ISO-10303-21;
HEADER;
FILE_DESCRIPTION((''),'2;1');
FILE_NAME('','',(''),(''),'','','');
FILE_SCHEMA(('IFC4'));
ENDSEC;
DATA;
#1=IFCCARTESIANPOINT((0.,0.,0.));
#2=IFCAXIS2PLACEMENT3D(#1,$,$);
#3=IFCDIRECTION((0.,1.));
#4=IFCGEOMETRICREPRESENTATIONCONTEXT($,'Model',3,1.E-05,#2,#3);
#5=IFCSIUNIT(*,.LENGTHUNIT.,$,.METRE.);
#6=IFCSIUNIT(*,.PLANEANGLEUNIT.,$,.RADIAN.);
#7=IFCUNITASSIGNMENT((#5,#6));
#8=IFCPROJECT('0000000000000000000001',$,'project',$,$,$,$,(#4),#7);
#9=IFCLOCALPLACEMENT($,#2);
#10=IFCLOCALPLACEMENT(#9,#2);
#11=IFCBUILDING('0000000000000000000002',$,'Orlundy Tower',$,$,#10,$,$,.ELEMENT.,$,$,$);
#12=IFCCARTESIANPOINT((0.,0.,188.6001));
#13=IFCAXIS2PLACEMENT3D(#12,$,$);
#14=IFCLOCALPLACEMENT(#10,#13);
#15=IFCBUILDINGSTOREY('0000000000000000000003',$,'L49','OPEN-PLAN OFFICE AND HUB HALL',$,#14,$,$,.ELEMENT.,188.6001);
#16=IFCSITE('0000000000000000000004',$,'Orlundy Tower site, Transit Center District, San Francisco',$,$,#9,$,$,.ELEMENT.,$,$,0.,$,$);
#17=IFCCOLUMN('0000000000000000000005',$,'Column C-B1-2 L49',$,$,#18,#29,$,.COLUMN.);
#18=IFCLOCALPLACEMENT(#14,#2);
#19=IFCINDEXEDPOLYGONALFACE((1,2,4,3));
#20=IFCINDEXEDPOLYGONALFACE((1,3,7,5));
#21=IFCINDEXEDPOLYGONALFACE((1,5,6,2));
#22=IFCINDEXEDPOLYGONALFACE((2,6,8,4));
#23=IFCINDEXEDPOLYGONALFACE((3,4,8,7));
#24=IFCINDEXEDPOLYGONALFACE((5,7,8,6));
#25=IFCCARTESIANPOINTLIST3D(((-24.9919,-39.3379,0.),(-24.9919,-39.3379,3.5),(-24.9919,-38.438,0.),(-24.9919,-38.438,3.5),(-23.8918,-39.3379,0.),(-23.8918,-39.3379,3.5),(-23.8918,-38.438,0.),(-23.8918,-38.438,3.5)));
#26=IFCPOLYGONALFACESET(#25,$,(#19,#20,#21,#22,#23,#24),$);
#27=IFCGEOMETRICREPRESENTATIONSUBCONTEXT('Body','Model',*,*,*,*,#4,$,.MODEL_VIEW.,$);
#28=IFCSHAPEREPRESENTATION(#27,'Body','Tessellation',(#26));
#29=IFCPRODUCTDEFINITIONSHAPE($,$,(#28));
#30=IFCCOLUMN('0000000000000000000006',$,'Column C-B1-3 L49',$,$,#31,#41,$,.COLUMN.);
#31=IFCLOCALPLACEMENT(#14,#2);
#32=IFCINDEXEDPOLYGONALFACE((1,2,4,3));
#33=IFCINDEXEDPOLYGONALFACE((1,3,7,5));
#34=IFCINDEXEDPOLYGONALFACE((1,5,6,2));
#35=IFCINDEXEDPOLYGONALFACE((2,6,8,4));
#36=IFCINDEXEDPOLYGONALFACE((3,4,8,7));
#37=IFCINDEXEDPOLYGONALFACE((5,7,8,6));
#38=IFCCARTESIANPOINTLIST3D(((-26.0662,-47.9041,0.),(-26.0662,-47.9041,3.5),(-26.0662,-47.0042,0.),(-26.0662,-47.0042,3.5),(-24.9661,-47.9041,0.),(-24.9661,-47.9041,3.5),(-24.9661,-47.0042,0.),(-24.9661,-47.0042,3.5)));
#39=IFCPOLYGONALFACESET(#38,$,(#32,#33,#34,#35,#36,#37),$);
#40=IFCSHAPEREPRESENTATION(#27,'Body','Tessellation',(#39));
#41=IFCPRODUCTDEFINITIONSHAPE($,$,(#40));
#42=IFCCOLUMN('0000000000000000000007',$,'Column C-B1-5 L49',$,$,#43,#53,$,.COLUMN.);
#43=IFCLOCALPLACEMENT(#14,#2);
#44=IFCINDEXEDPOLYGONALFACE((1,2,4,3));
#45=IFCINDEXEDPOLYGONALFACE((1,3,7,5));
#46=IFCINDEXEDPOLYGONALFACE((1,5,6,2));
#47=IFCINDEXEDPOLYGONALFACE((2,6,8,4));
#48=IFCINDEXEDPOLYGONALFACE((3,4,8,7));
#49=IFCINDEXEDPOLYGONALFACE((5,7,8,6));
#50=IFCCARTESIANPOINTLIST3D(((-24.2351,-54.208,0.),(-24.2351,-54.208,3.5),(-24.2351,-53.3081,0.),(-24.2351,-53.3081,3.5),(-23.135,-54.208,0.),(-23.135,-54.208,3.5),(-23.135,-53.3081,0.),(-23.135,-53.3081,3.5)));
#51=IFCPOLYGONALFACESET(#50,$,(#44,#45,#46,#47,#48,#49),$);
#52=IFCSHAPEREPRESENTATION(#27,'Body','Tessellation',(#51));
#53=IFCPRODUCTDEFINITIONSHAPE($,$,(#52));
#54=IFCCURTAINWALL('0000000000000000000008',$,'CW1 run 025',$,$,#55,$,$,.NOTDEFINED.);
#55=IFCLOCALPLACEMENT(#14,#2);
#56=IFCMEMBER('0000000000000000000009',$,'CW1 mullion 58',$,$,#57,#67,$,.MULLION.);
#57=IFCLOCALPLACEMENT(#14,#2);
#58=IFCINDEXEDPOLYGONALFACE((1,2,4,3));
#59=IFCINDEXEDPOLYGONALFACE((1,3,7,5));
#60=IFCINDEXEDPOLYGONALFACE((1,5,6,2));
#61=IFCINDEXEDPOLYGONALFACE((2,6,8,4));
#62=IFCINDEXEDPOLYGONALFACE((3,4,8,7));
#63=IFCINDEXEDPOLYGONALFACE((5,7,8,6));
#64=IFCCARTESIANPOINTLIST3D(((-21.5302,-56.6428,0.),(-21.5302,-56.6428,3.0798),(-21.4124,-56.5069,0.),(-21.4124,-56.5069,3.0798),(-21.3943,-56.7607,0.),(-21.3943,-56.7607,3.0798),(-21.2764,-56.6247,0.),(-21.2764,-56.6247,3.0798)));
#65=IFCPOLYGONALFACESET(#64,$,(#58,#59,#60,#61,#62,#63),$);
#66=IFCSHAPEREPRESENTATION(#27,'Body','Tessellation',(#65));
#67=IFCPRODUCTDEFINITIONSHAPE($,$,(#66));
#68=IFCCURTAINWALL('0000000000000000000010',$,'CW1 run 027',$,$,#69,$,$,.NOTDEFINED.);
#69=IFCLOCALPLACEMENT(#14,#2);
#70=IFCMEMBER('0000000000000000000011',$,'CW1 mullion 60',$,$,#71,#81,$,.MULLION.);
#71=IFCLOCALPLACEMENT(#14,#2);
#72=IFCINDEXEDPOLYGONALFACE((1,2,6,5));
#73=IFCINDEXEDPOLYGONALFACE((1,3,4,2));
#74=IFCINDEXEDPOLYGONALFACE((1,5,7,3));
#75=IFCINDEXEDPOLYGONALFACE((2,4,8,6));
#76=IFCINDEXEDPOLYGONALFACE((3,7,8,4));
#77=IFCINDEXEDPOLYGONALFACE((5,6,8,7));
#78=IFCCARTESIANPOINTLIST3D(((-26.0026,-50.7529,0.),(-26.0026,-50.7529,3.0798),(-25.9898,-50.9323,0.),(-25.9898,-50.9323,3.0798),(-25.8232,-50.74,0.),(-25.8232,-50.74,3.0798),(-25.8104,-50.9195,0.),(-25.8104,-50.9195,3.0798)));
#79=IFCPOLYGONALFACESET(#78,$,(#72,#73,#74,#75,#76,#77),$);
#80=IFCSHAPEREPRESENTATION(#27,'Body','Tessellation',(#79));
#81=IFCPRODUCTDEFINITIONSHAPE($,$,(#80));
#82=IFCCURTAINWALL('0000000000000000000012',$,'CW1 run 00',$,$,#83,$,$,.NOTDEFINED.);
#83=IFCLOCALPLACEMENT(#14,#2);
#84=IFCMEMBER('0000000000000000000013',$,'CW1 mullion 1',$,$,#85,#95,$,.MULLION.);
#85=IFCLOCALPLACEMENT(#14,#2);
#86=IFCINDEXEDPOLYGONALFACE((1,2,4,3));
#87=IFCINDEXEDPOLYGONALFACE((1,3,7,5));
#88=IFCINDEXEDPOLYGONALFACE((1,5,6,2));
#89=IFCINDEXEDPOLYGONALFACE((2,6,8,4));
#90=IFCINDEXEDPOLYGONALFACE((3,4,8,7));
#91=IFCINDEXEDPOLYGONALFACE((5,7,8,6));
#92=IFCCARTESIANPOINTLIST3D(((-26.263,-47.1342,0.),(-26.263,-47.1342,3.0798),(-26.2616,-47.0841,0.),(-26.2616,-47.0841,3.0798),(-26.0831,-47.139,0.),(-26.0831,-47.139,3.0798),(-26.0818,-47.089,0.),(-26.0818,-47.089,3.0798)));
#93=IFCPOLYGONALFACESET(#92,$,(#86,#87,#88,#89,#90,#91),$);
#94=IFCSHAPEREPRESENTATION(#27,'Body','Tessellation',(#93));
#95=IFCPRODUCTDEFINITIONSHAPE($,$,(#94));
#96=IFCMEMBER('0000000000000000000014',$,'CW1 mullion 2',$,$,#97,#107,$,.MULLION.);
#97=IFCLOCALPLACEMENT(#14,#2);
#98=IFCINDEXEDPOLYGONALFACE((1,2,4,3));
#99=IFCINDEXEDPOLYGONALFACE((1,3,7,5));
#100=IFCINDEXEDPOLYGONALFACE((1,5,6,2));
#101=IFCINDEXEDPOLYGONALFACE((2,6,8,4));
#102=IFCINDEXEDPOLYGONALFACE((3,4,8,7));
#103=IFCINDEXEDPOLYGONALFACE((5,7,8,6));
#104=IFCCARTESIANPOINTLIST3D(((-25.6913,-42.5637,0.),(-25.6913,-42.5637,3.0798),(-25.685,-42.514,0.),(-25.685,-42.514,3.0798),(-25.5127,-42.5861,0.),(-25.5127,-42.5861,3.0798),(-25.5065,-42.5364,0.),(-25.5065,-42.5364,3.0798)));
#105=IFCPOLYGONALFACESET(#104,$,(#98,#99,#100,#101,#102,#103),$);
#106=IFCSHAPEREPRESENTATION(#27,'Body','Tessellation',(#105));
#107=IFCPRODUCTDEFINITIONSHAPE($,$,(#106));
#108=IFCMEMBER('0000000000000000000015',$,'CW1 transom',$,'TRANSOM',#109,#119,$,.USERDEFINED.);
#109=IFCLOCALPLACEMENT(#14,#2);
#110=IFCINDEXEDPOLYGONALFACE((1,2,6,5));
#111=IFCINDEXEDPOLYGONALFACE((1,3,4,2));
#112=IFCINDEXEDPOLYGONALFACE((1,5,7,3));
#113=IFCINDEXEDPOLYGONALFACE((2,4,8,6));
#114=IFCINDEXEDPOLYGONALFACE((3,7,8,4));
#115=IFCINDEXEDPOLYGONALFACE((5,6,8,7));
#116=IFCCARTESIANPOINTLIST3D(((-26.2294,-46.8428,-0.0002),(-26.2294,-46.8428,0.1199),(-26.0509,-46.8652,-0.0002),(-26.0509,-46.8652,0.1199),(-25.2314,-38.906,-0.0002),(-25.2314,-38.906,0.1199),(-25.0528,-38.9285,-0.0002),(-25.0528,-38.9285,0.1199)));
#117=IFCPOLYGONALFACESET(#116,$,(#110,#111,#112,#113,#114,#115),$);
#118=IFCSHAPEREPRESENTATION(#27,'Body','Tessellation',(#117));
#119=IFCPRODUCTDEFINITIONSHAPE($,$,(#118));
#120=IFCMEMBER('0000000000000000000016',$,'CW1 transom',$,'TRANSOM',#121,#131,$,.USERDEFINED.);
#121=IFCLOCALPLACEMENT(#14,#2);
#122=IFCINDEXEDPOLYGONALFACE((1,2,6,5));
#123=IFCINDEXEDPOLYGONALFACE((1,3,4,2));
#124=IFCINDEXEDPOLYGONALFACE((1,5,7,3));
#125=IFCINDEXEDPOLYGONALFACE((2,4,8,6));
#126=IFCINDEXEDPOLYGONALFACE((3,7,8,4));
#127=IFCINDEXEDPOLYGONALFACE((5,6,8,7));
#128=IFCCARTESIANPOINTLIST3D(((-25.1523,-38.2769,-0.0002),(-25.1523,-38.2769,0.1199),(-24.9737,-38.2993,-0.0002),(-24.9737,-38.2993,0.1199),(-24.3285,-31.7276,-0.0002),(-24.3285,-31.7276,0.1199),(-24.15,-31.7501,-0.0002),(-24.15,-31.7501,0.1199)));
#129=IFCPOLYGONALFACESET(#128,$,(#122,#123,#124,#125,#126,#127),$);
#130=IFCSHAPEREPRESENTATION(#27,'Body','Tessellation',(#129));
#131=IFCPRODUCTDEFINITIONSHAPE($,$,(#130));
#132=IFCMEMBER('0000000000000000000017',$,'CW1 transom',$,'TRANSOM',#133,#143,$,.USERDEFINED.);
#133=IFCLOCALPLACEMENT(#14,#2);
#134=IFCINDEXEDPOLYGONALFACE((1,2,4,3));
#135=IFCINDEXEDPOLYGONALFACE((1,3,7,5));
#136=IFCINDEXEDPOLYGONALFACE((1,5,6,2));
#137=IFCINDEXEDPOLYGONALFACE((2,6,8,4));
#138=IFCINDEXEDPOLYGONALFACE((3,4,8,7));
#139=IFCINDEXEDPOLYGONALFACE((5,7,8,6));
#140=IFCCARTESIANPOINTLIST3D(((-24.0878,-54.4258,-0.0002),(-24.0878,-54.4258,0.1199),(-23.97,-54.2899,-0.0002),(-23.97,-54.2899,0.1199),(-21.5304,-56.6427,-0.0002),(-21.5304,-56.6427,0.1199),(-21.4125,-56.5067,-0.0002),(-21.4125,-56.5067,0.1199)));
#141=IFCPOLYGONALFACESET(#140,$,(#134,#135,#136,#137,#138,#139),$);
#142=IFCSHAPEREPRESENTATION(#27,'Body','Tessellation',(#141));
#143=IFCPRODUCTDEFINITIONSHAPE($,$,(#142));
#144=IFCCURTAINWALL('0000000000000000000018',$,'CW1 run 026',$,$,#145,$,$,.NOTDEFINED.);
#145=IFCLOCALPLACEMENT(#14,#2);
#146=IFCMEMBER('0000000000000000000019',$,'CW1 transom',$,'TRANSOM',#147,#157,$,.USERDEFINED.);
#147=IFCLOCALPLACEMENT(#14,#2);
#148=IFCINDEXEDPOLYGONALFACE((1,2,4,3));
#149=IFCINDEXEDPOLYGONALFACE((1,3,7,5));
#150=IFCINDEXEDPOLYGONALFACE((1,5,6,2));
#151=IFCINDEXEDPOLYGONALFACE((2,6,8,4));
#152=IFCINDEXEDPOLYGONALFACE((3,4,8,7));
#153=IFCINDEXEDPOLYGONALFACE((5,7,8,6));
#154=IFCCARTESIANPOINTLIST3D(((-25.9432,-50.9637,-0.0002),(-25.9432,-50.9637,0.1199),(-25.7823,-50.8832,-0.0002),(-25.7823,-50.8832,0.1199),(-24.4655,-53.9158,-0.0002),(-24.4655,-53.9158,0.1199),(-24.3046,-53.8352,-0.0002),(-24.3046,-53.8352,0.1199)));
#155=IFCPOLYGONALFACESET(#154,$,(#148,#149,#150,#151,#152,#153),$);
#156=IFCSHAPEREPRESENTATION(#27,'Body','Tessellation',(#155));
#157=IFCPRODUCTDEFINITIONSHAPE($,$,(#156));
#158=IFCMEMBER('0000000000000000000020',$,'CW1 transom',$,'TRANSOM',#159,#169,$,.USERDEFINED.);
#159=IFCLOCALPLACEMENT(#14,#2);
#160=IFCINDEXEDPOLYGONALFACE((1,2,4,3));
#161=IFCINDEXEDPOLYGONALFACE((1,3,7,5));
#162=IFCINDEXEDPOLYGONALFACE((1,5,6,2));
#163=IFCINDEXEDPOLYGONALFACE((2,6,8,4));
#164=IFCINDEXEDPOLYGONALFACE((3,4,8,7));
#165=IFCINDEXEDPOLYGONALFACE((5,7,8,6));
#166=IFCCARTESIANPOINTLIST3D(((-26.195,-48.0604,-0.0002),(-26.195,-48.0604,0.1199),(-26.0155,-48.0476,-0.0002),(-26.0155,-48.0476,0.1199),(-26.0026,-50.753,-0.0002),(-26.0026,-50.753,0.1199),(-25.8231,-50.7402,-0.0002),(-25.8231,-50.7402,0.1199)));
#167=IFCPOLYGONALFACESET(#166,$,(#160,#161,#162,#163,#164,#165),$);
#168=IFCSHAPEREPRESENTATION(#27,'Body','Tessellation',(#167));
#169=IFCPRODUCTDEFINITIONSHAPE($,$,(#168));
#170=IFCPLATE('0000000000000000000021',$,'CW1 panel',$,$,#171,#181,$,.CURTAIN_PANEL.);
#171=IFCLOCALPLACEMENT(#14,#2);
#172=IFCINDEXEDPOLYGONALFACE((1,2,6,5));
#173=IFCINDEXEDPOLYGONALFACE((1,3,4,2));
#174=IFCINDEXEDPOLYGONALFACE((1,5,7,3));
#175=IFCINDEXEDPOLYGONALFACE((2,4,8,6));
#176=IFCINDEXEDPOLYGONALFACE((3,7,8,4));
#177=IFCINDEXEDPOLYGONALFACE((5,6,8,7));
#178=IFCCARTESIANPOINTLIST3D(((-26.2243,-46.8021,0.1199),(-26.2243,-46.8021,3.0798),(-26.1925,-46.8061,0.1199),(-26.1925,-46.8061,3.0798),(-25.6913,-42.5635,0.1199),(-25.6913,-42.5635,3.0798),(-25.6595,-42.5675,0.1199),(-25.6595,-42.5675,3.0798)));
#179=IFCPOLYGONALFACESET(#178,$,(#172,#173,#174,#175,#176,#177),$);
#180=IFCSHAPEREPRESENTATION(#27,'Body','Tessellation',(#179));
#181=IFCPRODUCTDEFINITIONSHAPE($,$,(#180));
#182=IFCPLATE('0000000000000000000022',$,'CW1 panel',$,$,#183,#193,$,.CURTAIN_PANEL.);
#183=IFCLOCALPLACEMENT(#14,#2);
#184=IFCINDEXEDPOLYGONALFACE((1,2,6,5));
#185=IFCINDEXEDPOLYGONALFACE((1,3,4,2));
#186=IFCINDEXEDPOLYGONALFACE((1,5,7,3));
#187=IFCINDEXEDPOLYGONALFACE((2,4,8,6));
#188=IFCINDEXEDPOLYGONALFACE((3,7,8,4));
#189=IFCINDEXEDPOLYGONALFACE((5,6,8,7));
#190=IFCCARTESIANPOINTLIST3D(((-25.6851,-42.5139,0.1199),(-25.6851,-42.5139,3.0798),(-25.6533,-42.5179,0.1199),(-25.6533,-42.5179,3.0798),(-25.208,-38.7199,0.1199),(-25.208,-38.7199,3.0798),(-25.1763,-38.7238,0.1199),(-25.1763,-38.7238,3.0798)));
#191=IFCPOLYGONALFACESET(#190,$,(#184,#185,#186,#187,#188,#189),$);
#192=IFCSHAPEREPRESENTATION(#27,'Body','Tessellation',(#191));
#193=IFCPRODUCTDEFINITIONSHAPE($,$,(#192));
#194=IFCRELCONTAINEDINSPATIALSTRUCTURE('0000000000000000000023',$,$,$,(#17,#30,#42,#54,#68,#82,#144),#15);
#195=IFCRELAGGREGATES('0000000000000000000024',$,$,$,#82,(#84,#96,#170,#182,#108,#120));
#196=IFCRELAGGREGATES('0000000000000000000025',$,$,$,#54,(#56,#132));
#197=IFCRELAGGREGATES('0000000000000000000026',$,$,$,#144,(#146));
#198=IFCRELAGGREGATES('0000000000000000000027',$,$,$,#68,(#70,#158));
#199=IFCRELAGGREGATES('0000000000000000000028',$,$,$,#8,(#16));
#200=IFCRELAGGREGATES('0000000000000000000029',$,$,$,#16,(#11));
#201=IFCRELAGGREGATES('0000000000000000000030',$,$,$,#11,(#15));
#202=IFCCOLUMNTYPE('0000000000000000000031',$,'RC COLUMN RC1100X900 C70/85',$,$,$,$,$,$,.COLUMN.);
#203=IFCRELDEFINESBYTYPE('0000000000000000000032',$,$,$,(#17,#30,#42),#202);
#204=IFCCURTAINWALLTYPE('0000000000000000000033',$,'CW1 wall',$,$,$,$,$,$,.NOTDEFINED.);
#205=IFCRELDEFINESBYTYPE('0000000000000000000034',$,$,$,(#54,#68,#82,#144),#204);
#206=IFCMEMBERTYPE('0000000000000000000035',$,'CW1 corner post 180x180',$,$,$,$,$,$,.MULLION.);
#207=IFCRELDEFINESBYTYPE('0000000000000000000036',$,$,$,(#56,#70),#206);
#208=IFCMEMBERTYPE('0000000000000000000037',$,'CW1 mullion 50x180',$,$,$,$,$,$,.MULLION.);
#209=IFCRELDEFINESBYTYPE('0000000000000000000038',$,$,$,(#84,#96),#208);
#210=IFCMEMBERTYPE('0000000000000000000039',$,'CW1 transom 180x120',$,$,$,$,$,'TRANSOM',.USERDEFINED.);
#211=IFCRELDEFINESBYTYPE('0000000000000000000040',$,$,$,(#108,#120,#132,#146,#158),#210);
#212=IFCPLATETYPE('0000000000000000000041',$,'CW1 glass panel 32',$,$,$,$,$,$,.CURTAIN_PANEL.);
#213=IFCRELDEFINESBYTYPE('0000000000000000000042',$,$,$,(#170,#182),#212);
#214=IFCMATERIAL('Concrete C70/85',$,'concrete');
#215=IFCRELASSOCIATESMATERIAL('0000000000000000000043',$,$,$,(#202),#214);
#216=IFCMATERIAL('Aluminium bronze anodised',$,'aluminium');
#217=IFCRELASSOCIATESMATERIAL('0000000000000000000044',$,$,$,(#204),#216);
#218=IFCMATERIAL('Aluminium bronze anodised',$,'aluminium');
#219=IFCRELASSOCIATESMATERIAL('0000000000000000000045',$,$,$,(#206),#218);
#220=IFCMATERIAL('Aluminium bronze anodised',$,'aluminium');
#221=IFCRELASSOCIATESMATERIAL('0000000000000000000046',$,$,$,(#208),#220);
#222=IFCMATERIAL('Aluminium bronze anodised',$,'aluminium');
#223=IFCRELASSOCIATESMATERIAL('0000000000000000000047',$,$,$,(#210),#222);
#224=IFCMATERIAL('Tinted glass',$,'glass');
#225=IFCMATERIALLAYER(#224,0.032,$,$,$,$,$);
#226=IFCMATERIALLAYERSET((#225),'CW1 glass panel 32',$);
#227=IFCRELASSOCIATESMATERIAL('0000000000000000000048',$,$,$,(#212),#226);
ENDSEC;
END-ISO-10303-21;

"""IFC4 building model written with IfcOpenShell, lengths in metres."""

from ifc_helpers import new_model, si_unit, direction, frame, origin, origin_2d, place, context, subcontext, project, spatial, rectangle, extrude, material, layer, layer_set, material_profile, profile_set, type_object, element, aggregate, save


model = new_model("IFC4")

# Units and contexts
model_context = context("Model", 3, precision=1e-05, world=origin(), true_north=direction((0.0, 1.0)))
body_context = subcontext(model_context, "Body", "Model", "MODEL_VIEW")
ifc_project = project(units=[si_unit("LENGTHUNIT", "METRE"), si_unit("PLANEANGLEUNIT", "RADIAN")], contexts=[model_context])

# Site, building, storey
site_placement = place(None, origin())
site = spatial("IfcSite", under=ifc_project, at=site_placement, Name="Orlundy Tower site, Transit Center District, San Francisco", CompositionType="ELEMENT", RefElevation=0.0)
building_placement = place(site_placement, origin())
building = spatial("IfcBuilding", under=site, at=building_placement, Name="Orlundy Tower", CompositionType="ELEMENT")
storey_placement = place(building_placement, frame((0.0, 0.0, 188.6001)))
storey = spatial("IfcBuildingStorey", under=building, at=storey_placement, Name="L49", Description="OPEN-PLAN OFFICE AND HUB HALL", CompositionType="ELEMENT", Elevation=188.6001)

# Columns
ifc_material_1 = material(Name="Concrete C70/85", Category="concrete")
ifc_material_profile_1 = material_profile(ifc_material_1, rectangle(XDim=1.1001, YDim=0.8999, at=origin_2d()), Name="RC1100X900")
ifc_profile_set_1 = profile_set([ifc_material_profile_1], Name="Concrete C70/85")
column_type = type_object("IfcColumnType", Name="RC COLUMN RC1100X900 C70/85", PredefinedType="COLUMN", material=ifc_profile_set_1)
for number, where, z_axis, x_axis, name in (
    (1, (-24.4419, -38.8879, 0.0), (0.0, 0.0, 1.0), (1.0, 0.0, 0.0), "Column C-B1-2 L49"),
    (2, (-25.5161, -47.4541, 0.0), (0.0, 0.0, 1.0), (1.0, 0.0, 0.0), "Column C-B1-3 L49"),
    (3, (-23.6851, -53.7581, 0.0), (0.0, 0.0, 1.0), (1.0, 0.0, 0.0), "Column C-B1-5 L49"),
):
    element("IfcColumn", number, at=place(storey_placement, frame(where, z_axis=z_axis, x_axis=x_axis)), inside=storey, type_object=column_type, Name=name, PredefinedType="COLUMN", context=body_context, shape_type="SweptSolid", body=[
        extrude(rectangle(XDim=1.1001, YDim=0.8999, at=origin_2d()), origin(), (0.0, 0.0, 1.0), 3.5),
    ])

# Curtain walls, members
ifc_material_2 = material(Name="Aluminium bronze anodised", Category="aluminium")
curtain_wall_type = type_object("IfcCurtainWallType", Name="CW1 wall", PredefinedType="NOTDEFINED", material=ifc_material_2)
curtain_wall_1_placement = place(storey_placement, origin())
curtain_wall_1 = element("IfcCurtainWall", 4, at=curtain_wall_1_placement, inside=storey, type_object=curtain_wall_type, Name="CW1 run 025", PredefinedType="NOTDEFINED")
ifc_material_3 = material(Name="Aluminium bronze anodised", Category="aluminium")
ifc_material_profile_2 = material_profile(ifc_material_3, rectangle(XDim=0.1799, YDim=0.1799, at=origin_2d()), Name="CW1 corner post 180x180")
ifc_profile_set_2 = profile_set([ifc_material_profile_2], Name="Aluminium bronze anodised")
member_type_1 = type_object("IfcMemberType", Name="CW1 corner post 180x180", PredefinedType="MULLION", material=ifc_profile_set_2)
member_1_placement = place(storey_placement, frame((-21.4033, -56.6338, 0.0), z_axis=(0.0, 0.0, 1.0), x_axis=(-0.655002, -0.755627, 0.0)))
member_1 = element("IfcMember", 5, at=member_1_placement, type_object=member_type_1, Name="CW1 mullion 58", PredefinedType="MULLION", context=body_context, shape_type="SweptSolid", body=[
    extrude(rectangle(XDim=0.1799, YDim=0.1799, at=origin_2d()), origin(), (0.0, 0.0, 1.0), 3.0798),
])
curtain_wall_2_placement = place(storey_placement, origin())
curtain_wall_2 = element("IfcCurtainWall", 6, at=curtain_wall_2_placement, inside=storey, type_object=curtain_wall_type, Name="CW1 run 027", PredefinedType="NOTDEFINED")
member_2_placement = place(storey_placement, frame((-25.9065, -50.8362, 0.0), z_axis=(0.0, 0.0, 1.0), x_axis=(-0.997461, -0.071209, 0.0)))
member_2 = element("IfcMember", 7, at=member_2_placement, type_object=member_type_1, Name="CW1 mullion 60", PredefinedType="MULLION", context=body_context, shape_type="SweptSolid", body=[
    extrude(rectangle(XDim=0.1799, YDim=0.1799, at=origin_2d()), origin(), (0.0, 0.0, 1.0), 3.0798),
])

# Curtain wall, members
curtain_wall_3_placement = place(storey_placement, origin())
curtain_wall_3 = element("IfcCurtainWall", 8, at=curtain_wall_3_placement, inside=storey, type_object=curtain_wall_type, Name="CW1 run 00", PredefinedType="NOTDEFINED")
ifc_material_4 = material(Name="Aluminium bronze anodised", Category="aluminium")
ifc_material_profile_3 = material_profile(ifc_material_4, rectangle(XDim=0.1799, YDim=0.05, at=origin_2d()), Name="CW1 mullion 50x180")
ifc_profile_set_3 = profile_set([ifc_material_profile_3], Name="Aluminium bronze anodised")
member_type_2 = type_object("IfcMemberType", Name="CW1 mullion 50x180", PredefinedType="MULLION", material=ifc_profile_set_3)
member_3_placement = place(storey_placement, frame((-26.1724, -47.1116, 0.0), z_axis=(0.0, 0.0, 1.0), x_axis=(-0.999638, 0.026907, 0.0)))
member_3 = element("IfcMember", 9, at=member_3_placement, type_object=member_type_2, Name="CW1 mullion 1", PredefinedType="MULLION", context=body_context, shape_type="SweptSolid", body=[
    extrude(rectangle(XDim=0.1799, YDim=0.05, at=origin_2d()), origin(), (0.0, 0.0, 1.0), 3.0798),
])
member_4_placement = place(storey_placement, frame((-25.5989, -42.55, 0.0), z_axis=(0.0, 0.0, 1.0), x_axis=(-0.992187, 0.124763, 0.0)))
member_4 = element("IfcMember", 10, at=member_4_placement, type_object=member_type_2, Name="CW1 mullion 2", PredefinedType="MULLION", context=body_context, shape_type="SweptSolid", body=[
    extrude(rectangle(XDim=0.1799, YDim=0.05, at=origin_2d()), origin(), (0.0, 0.0, 1.0), 3.0798),
])
ifc_material_5 = material(Name="Aluminium bronze anodised", Category="aluminium")
ifc_material_profile_4 = material_profile(ifc_material_5, rectangle(XDim=0.1799, YDim=0.1201, at=origin_2d()), Name="CW1 transom 180x120")
ifc_profile_set_4 = profile_set([ifc_material_profile_4], Name="Aluminium bronze anodised")
member_type_3 = type_object("IfcMemberType", Name="CW1 transom 180x120", ElementType="TRANSOM", PredefinedType="USERDEFINED", material=ifc_profile_set_4)
member_5_placement = place(storey_placement, frame((-26.1401, -46.854, 0.0598), z_axis=(0.124767, 0.992186, 0.0), x_axis=(-0.992186, 0.124767, 0.0)))
member_5 = element("IfcMember", 11, at=member_5_placement, type_object=member_type_3, Name="CW1 transom", ObjectType="TRANSOM", PredefinedType="USERDEFINED", context=body_context, shape_type="SweptSolid", body=[
    extrude(rectangle(XDim=0.1799, YDim=0.1201, at=origin_2d()), origin(), (0.0, 0.0, 1.0), 7.9993),
])
member_6_placement = place(storey_placement, frame((-25.063, -38.2881, 0.0598), z_axis=(0.12479, 0.992183, 0.0), x_axis=(-0.992183, 0.12479, 0.0)))
member_6 = element("IfcMember", 12, at=member_6_placement, type_object=member_type_3, Name="CW1 transom", ObjectType="TRANSOM", PredefinedType="USERDEFINED", context=body_context, shape_type="SweptSolid", body=[
    extrude(rectangle(XDim=0.1799, YDim=0.1201, at=origin_2d()), origin(), (0.0, 0.0, 1.0), 6.6008),
])

# Member
member_7_placement = place(storey_placement, frame((-21.4714, -56.5747, 0.0598), z_axis=(-0.75563, 0.654999, 0.0), x_axis=(-0.654999, -0.75563, 0.0)))
member_7 = element("IfcMember", 13, at=member_7_placement, type_object=member_type_3, Name="CW1 transom", ObjectType="TRANSOM", PredefinedType="USERDEFINED", context=body_context, shape_type="SweptSolid", body=[
    extrude(rectangle(XDim=0.1799, YDim=0.1201, at=origin_2d()), origin(), (0.0, 0.0, 1.0), 3.3845),
])

# Curtain wall, member
curtain_wall_4_placement = place(storey_placement, origin())
curtain_wall_4 = element("IfcCurtainWall", 14, at=curtain_wall_4_placement, inside=storey, type_object=curtain_wall_type, Name="CW1 run 026", PredefinedType="NOTDEFINED")
member_8_placement = place(storey_placement, frame((-24.385, -53.8755, 0.0598), z_axis=(-0.447628, 0.89422, 0.0), x_axis=(-0.89422, -0.447628, 0.0)))
member_8 = element("IfcMember", 15, at=member_8_placement, type_object=member_type_3, Name="CW1 transom", ObjectType="TRANSOM", PredefinedType="USERDEFINED", context=body_context, shape_type="SweptSolid", body=[
    extrude(rectangle(XDim=0.1799, YDim=0.1201, at=origin_2d()), origin(), (0.0, 0.0, 1.0), 3.3013),
])

# Member
member_9_placement = place(storey_placement, frame((-25.9128, -50.7466, 0.0598), z_axis=(-0.071266, 0.997457, 0.0), x_axis=(-0.997457, -0.071266, 0.0)))
member_9 = element("IfcMember", 16, at=member_9_placement, type_object=member_type_3, Name="CW1 transom", ObjectType="TRANSOM", PredefinedType="USERDEFINED", context=body_context, shape_type="SweptSolid", body=[
    extrude(rectangle(XDim=0.1799, YDim=0.1201, at=origin_2d()), origin(), (0.0, 0.0, 1.0), 2.6995),
])

# Plates
ifc_material_6 = material(Name="Tinted glass", Category="glass")
ifc_layer_1 = layer(ifc_material_6, 0.032)
ifc_layer_set_1 = layer_set([ifc_layer_1], Name="CW1 glass panel 32")
plate_type = type_object("IfcPlateType", Name="CW1 glass panel 32", PredefinedType="CURTAIN_PANEL", material=ifc_layer_set_1)
plate_1_placement = place(storey_placement, frame((-25.9419, -44.6848, 0.1199), z_axis=(0.0, 0.0, 1.0), x_axis=(0.124763, 0.992187, 0.0)))
plate_1 = element("IfcPlate", 17, at=plate_1_placement, type_object=plate_type, Name="CW1 panel", PredefinedType="CURTAIN_PANEL", context=body_context, shape_type="SweptSolid", body=[
    extrude(rectangle(XDim=4.272, YDim=0.032, at=origin_2d()), origin(), (0.0, 0.0, 1.0), 2.96),
])
plate_2_placement = place(storey_placement, frame((-25.4307, -40.6189, 0.1199), z_axis=(0.0, 0.0, 1.0), x_axis=(0.124763, 0.992187, 0.0)))
plate_2 = element("IfcPlate", 18, at=plate_2_placement, type_object=plate_type, Name="CW1 panel", PredefinedType="CURTAIN_PANEL", context=body_context, shape_type="SweptSolid", body=[
    extrude(rectangle(XDim=3.824, YDim=0.032, at=origin_2d()), origin(), (0.0, 0.0, 1.0), 2.96),
])
aggregate(curtain_wall_3, [member_3, member_4, plate_1, plate_2, member_5, member_6])
aggregate(curtain_wall_1, [member_1, member_7])
aggregate(curtain_wall_4, [member_8])
aggregate(curtain_wall_2, [member_2, member_9])

save(model, "model.ifc")
